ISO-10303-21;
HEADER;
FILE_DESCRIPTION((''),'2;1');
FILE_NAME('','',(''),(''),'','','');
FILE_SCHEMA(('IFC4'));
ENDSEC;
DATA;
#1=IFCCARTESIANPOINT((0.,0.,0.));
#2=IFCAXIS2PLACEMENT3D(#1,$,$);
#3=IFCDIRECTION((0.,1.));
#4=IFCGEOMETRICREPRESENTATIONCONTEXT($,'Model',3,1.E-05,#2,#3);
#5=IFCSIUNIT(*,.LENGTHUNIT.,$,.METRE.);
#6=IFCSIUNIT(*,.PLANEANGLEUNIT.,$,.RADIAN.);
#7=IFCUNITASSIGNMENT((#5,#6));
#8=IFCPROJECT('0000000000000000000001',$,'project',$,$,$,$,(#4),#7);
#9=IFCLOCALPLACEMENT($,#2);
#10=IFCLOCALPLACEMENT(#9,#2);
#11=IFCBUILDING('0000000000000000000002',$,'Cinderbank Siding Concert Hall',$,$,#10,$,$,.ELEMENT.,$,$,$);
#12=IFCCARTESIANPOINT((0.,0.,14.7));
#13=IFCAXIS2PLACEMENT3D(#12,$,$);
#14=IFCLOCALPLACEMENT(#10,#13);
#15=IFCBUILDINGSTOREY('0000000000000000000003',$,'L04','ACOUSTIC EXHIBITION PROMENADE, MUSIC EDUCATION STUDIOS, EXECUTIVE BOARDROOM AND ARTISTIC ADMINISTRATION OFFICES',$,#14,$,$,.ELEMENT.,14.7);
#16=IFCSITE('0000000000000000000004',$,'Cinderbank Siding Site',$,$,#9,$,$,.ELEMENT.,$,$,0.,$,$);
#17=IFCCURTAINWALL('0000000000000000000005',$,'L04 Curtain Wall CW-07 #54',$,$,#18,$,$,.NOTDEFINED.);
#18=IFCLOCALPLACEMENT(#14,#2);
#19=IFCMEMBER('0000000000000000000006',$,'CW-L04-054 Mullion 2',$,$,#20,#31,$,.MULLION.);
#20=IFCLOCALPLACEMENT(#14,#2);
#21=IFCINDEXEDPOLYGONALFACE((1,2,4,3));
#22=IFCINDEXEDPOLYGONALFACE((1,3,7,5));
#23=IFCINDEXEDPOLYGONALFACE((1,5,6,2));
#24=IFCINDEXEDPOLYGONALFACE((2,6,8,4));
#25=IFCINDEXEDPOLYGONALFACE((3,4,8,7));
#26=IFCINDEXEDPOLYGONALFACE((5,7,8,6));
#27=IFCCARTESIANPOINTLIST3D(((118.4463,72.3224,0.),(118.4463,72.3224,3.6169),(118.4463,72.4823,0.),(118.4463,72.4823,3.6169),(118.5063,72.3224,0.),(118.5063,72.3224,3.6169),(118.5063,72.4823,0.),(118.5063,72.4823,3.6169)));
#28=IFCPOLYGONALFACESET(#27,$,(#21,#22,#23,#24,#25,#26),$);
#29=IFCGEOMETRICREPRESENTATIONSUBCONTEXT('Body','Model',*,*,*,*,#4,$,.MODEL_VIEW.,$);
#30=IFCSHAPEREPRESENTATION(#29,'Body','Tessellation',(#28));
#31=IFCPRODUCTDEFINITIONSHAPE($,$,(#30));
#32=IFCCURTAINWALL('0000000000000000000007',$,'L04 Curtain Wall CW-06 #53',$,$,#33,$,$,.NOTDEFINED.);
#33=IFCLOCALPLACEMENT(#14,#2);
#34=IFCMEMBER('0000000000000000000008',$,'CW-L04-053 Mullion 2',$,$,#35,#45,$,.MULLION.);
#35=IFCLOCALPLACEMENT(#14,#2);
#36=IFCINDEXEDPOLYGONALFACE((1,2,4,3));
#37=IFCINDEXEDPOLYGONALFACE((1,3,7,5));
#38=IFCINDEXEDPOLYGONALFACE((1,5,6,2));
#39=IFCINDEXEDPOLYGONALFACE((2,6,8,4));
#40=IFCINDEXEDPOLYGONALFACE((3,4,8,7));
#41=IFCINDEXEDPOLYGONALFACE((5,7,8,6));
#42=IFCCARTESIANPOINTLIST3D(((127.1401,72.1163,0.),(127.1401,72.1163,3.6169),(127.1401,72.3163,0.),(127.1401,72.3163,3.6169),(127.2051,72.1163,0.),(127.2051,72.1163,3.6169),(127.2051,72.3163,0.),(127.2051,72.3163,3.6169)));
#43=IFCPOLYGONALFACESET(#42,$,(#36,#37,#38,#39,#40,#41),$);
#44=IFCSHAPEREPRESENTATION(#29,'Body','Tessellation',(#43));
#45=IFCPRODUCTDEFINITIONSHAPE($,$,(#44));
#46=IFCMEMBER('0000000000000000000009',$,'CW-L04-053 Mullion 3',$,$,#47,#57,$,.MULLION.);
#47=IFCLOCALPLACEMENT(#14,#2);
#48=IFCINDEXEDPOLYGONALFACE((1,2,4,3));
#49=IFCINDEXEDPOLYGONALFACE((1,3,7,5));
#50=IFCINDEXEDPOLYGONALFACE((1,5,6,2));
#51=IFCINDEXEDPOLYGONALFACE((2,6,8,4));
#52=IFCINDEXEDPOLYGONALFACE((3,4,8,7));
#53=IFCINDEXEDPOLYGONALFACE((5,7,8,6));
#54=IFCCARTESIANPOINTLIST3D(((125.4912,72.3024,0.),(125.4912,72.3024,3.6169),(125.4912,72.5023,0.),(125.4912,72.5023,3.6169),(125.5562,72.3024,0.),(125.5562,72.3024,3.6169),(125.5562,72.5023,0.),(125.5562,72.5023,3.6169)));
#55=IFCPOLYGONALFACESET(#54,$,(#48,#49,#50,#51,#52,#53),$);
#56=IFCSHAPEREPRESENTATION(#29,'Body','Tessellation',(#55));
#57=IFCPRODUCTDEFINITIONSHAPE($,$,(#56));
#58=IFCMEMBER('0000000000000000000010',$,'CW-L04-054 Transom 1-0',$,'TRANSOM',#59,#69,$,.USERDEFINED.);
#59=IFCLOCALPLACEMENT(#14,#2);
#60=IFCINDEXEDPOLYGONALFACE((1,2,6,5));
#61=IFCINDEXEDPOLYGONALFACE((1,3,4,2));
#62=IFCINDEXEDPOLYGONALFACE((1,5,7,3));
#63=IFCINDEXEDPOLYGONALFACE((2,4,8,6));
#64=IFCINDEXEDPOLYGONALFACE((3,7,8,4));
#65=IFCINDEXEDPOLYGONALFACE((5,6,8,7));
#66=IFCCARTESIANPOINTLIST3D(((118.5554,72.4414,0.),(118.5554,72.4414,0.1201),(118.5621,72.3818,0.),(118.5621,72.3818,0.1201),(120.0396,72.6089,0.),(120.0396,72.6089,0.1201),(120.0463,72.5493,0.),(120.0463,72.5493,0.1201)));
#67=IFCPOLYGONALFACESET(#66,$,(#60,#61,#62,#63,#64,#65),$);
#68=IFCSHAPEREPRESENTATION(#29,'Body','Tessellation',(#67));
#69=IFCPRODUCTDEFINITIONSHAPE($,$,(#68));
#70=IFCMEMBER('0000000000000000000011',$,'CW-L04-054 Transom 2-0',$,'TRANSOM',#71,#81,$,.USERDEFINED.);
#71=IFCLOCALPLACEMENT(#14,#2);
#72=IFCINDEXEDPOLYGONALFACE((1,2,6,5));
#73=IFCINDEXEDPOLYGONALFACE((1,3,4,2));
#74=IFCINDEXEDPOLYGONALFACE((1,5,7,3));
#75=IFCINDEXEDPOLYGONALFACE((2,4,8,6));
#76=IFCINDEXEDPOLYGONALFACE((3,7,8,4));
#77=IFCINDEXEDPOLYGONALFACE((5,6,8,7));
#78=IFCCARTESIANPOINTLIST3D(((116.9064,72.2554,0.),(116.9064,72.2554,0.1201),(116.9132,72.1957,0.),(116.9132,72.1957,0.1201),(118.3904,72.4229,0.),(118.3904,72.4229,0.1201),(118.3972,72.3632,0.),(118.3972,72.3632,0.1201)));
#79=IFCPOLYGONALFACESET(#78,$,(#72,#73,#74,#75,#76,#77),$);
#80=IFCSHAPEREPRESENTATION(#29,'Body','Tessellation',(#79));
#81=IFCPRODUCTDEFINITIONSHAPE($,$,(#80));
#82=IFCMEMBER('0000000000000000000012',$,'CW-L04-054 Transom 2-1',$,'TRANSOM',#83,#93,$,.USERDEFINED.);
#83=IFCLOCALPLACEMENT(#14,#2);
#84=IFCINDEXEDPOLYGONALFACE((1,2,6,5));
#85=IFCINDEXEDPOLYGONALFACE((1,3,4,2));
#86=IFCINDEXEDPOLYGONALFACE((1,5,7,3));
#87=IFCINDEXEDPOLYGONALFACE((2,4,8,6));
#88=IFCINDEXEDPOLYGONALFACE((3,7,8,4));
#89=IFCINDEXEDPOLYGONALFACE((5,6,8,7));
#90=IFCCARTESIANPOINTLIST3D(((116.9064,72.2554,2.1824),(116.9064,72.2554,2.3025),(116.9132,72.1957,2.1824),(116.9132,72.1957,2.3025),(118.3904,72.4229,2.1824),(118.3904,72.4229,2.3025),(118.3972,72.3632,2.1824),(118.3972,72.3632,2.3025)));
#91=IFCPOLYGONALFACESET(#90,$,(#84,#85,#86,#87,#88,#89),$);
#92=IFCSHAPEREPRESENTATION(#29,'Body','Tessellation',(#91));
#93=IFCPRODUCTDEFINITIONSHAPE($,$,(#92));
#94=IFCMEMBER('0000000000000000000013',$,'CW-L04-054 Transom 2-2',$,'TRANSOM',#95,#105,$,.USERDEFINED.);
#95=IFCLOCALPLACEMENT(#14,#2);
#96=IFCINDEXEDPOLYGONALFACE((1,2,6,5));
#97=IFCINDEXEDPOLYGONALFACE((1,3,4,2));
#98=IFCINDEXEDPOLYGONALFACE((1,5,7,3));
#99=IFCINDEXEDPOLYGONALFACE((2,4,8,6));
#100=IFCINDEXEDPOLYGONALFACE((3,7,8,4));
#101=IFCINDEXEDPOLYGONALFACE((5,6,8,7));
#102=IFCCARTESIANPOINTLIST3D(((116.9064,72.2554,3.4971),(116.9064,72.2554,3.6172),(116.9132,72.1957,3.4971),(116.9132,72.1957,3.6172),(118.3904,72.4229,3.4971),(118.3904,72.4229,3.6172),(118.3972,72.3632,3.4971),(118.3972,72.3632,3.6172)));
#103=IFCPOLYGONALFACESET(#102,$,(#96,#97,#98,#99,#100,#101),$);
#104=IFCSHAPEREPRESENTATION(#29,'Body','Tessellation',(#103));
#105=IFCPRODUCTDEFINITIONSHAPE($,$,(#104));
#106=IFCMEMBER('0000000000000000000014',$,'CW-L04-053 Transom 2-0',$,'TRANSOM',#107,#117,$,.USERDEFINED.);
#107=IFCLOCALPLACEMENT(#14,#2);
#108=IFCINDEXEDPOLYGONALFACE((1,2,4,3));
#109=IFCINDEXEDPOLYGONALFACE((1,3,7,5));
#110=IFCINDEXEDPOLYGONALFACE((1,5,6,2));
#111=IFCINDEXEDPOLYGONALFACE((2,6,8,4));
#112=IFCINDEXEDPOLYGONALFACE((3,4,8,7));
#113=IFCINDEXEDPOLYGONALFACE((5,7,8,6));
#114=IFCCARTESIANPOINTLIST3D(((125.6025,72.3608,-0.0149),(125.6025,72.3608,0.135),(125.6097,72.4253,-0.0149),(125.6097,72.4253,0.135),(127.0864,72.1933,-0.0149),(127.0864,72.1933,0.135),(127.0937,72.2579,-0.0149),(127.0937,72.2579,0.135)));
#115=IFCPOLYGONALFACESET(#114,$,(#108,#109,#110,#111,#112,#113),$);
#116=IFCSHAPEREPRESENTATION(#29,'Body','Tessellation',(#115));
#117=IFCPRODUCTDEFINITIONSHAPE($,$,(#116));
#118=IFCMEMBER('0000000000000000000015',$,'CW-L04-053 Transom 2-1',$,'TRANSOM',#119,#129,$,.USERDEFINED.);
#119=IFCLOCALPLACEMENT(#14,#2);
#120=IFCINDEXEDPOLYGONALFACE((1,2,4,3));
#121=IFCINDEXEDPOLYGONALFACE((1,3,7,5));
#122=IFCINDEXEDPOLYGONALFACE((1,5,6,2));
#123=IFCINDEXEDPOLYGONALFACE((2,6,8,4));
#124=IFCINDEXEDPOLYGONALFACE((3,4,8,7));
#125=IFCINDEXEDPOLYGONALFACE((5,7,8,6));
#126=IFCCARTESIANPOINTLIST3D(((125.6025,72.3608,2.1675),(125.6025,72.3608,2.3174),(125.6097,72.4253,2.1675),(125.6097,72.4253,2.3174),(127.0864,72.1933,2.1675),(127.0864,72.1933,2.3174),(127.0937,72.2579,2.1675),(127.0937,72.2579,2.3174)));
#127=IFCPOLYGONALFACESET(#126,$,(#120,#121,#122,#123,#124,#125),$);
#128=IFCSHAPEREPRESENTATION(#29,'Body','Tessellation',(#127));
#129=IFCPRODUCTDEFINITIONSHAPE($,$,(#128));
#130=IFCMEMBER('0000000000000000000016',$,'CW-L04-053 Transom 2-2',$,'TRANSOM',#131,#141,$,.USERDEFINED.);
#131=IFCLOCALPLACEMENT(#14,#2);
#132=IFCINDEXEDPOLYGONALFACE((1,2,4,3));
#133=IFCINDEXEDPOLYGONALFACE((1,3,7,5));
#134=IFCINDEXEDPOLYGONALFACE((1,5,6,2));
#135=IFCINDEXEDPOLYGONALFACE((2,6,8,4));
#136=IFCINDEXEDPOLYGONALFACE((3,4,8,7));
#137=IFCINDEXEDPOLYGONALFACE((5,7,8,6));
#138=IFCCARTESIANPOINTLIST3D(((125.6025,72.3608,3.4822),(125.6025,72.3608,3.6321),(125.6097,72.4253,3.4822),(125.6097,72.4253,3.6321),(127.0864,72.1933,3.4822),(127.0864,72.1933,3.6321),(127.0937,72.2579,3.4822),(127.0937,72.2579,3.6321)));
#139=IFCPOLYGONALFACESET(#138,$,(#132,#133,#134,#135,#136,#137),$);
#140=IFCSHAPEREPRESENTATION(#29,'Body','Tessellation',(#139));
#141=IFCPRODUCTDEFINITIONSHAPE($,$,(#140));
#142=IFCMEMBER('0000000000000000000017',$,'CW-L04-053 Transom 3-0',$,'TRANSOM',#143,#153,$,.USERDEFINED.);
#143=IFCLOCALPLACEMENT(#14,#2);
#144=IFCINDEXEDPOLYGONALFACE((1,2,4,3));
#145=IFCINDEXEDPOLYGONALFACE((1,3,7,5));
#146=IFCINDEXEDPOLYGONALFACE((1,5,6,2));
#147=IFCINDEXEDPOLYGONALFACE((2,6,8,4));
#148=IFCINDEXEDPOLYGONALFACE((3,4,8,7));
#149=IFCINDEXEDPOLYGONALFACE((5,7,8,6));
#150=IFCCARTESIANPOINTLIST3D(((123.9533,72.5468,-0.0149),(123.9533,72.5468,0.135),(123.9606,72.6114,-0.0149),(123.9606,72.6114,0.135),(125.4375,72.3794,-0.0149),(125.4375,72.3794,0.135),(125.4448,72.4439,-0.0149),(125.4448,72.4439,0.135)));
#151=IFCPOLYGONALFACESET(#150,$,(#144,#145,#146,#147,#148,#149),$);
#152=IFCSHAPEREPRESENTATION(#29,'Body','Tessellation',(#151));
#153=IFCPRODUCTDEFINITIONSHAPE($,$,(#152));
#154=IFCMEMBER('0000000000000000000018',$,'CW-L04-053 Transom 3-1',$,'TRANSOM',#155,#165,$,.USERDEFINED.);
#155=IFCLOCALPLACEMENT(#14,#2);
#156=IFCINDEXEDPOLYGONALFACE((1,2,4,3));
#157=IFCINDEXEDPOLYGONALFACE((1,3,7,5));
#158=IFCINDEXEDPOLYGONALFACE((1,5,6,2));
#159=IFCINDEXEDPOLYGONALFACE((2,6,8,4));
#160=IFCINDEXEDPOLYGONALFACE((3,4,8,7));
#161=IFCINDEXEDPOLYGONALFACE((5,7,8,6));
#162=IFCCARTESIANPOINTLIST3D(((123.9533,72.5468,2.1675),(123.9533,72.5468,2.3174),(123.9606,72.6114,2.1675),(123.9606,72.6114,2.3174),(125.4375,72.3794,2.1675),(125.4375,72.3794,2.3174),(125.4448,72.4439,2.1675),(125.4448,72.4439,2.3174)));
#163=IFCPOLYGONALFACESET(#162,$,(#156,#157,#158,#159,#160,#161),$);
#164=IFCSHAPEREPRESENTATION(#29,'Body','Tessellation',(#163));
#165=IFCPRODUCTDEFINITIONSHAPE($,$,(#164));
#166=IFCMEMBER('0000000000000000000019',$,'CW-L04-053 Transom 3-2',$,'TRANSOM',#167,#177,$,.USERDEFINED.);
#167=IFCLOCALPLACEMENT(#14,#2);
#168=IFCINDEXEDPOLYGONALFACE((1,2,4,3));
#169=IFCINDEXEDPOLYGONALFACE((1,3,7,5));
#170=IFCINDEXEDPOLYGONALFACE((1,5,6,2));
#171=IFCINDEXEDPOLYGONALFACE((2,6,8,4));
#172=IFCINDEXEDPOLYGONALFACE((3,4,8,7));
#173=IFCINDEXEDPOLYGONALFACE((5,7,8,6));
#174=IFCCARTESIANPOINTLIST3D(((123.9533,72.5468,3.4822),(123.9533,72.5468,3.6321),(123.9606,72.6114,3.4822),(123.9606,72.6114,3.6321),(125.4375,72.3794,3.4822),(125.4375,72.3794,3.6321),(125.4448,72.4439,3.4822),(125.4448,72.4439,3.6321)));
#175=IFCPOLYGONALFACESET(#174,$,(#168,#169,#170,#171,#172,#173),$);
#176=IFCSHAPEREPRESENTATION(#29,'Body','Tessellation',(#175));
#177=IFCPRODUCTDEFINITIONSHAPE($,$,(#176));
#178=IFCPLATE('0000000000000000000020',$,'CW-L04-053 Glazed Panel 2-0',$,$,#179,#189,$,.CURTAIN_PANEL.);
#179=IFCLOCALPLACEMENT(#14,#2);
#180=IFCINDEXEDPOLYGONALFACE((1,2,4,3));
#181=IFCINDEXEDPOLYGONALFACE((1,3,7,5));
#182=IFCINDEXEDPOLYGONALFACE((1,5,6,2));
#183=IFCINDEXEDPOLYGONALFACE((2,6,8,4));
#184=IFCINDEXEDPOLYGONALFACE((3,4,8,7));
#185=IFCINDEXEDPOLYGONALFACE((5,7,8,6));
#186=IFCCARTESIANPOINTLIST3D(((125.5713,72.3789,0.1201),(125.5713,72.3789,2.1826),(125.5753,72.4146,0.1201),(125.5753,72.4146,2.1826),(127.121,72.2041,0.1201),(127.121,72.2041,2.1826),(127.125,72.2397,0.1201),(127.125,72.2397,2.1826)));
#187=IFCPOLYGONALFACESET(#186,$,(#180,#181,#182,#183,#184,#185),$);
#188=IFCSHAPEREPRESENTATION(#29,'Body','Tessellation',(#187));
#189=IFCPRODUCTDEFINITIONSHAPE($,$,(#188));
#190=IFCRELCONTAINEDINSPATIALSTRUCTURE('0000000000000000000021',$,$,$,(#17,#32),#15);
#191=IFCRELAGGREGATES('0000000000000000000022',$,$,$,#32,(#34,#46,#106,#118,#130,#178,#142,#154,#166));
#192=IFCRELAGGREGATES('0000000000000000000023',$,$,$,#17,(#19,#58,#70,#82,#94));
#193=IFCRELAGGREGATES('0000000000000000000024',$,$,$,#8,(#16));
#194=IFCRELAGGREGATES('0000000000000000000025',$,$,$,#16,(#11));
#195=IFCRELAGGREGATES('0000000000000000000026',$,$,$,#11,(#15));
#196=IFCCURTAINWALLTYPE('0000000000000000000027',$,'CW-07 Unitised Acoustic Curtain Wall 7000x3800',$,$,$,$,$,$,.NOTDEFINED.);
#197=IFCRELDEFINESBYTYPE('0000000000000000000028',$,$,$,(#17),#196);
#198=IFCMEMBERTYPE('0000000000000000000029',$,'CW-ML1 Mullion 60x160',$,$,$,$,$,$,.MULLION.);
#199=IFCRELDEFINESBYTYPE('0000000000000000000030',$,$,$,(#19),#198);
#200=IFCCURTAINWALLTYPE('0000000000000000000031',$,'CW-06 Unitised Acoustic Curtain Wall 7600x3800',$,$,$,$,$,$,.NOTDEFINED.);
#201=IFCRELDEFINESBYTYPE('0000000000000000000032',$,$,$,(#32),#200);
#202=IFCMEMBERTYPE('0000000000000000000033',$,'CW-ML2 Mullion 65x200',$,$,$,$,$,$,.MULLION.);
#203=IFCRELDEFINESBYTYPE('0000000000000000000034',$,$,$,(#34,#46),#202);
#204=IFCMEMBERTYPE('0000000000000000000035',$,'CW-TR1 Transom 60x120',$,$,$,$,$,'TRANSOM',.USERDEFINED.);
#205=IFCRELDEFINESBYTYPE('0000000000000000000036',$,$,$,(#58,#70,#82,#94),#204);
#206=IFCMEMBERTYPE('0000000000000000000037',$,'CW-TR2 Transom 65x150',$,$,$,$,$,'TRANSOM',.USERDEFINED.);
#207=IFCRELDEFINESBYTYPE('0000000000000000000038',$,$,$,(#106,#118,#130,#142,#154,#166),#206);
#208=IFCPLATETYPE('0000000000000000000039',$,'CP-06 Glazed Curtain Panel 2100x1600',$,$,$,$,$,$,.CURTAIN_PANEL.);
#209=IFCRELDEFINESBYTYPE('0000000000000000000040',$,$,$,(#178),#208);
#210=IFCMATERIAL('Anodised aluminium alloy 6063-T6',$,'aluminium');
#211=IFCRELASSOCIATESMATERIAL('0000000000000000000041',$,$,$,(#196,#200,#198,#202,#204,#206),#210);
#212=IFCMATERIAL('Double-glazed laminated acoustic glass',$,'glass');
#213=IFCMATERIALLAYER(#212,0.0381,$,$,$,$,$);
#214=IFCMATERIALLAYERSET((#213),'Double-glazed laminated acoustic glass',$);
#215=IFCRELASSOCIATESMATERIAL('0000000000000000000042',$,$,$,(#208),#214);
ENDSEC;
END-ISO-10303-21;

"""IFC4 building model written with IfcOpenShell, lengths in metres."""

from ifc_helpers import new_model, si_unit, direction, frame, origin, origin_2d, place, context, subcontext, project, spatial, rectangle, extrude, material, layer, layer_set, material_profile, profile_set, type_object, element, aggregate, save


model = new_model("IFC4")

# Units and contexts
model_context = context("Model", 3, precision=1e-05, world=origin(), true_north=direction((0.0, 1.0)))
body_context = subcontext(model_context, "Body", "Model", "MODEL_VIEW")
ifc_project = project(units=[si_unit("LENGTHUNIT", "METRE"), si_unit("PLANEANGLEUNIT", "RADIAN")], contexts=[model_context])

# Site, building, storey
site_placement = place(None, origin())
site = spatial("IfcSite", under=ifc_project, at=site_placement, Name="Cinderbank Siding Site", CompositionType="ELEMENT", RefElevation=0.0)
building_placement = place(site_placement, origin())
building = spatial("IfcBuilding", under=site, at=building_placement, Name="Cinderbank Siding Concert Hall", CompositionType="ELEMENT")
storey_placement = place(building_placement, frame((0.0, 0.0, 14.7)))
storey = spatial("IfcBuildingStorey", under=building, at=storey_placement, Name="L04", Description="ACOUSTIC EXHIBITION PROMENADE, MUSIC EDUCATION STUDIOS, EXECUTIVE BOARDROOM AND ARTISTIC ADMINISTRATION OFFICES", CompositionType="ELEMENT", Elevation=14.7)

# Curtain wall, member
ifc_material_1 = material(Name="Anodised aluminium alloy 6063-T6", Category="aluminium")
curtain_wall_type_1 = type_object("IfcCurtainWallType", Name="CW-07 Unitised Acoustic Curtain Wall 7000x3800", PredefinedType="NOTDEFINED", material=ifc_material_1)
curtain_wall_1_placement = place(storey_placement, origin())
curtain_wall_1 = element("IfcCurtainWall", 1, at=curtain_wall_1_placement, inside=storey, type_object=curtain_wall_type_1, Name="L04 Curtain Wall CW-07 #54", PredefinedType="NOTDEFINED")
ifc_material_profile_1 = material_profile(ifc_material_1, rectangle(XDim=0.0601, YDim=0.1599, at=origin_2d()), Name="ALU-MULL-60x160", Category="LoadBearing")
ifc_profile_set_1 = profile_set([ifc_material_profile_1], Name="Anodised aluminium alloy 6063-T6")
member_type_1 = type_object("IfcMemberType", Name="CW-ML1 Mullion 60x160", PredefinedType="MULLION", material=ifc_profile_set_1)
member_1_placement = place(storey_placement, frame((118.4763, 72.4023, 0.0), z_axis=(0.0, 0.0, 1.0), x_axis=(1.0, 0.0, 0.0)))
member_1 = element("IfcMember", 2, at=member_1_placement, type_object=member_type_1, Name="CW-L04-054 Mullion 2", PredefinedType="MULLION", context=body_context, shape_type="SweptSolid", body=[
    extrude(rectangle(XDim=0.0601, YDim=0.1599, at=origin_2d()), origin(), (0.0, 0.0, 1.0), 3.6169),
])

# Curtain wall, members
curtain_wall_type_2 = type_object("IfcCurtainWallType", Name="CW-06 Unitised Acoustic Curtain Wall 7600x3800", PredefinedType="NOTDEFINED", material=ifc_material_1)
curtain_wall_2_placement = place(storey_placement, origin())
curtain_wall_2 = element("IfcCurtainWall", 3, at=curtain_wall_2_placement, inside=storey, type_object=curtain_wall_type_2, Name="L04 Curtain Wall CW-06 #53", PredefinedType="NOTDEFINED")
ifc_material_profile_2 = material_profile(ifc_material_1, rectangle(XDim=0.0649, YDim=0.2, at=origin_2d()), Name="ALU-MULL-65x200", Category="LoadBearing")
ifc_profile_set_2 = profile_set([ifc_material_profile_2], Name="Anodised aluminium alloy 6063-T6")
member_type_2 = type_object("IfcMemberType", Name="CW-ML2 Mullion 65x200", PredefinedType="MULLION", material=ifc_profile_set_2)
member_2_placement = place(storey_placement, frame((127.1726, 72.2163, 0.0), z_axis=(0.0, 0.0, 1.0), x_axis=(1.0, 0.0, 0.0)))
member_2 = element("IfcMember", 4, at=member_2_placement, type_object=member_type_2, Name="CW-L04-053 Mullion 2", PredefinedType="MULLION", context=body_context, shape_type="SweptSolid", body=[
    extrude(rectangle(XDim=0.0649, YDim=0.2, at=origin_2d()), origin(), (0.0, 0.0, 1.0), 3.6169),
])
member_3_placement = place(storey_placement, frame((125.5237, 72.4023, 0.0), z_axis=(0.0, 0.0, 1.0), x_axis=(1.0, 0.0, 0.0)))
member_3 = element("IfcMember", 5, at=member_3_placement, type_object=member_type_2, Name="CW-L04-053 Mullion 3", PredefinedType="MULLION", context=body_context, shape_type="SweptSolid", body=[
    extrude(rectangle(XDim=0.0649, YDim=0.2, at=origin_2d()), origin(), (0.0, 0.0, 1.0), 3.6169),
])

# Members
ifc_material_profile_3 = material_profile(ifc_material_1, rectangle(XDim=0.0601, YDim=0.1201, at=origin_2d()), Name="ALU-TRAN-60x120", Category="LoadBearing")
ifc_profile_set_3 = profile_set([ifc_material_profile_3], Name="Anodised aluminium alloy 6063-T6")
member_type_3 = type_object("IfcMemberType", Name="CW-TR1 Transom 60x120", ElementType="TRANSOM", PredefinedType="USERDEFINED", material=ifc_profile_set_3)
member_4_placement = place(storey_placement, frame((120.043, 72.5791, 0.0601), z_axis=(-0.993693, -0.112136, 0.0), x_axis=(0.112136, -0.993693, 0.0)))
member_4 = element("IfcMember", 6, at=member_4_placement, type_object=member_type_3, Name="CW-L04-054 Transom 1-0", ObjectType="TRANSOM", PredefinedType="USERDEFINED", context=body_context, shape_type="SweptSolid", body=[
    extrude(rectangle(XDim=0.0601, YDim=0.1201, at=origin_2d()), origin(), (0.0, 0.0, 1.0), 1.4937),
])
member_5_placement = place(storey_placement, frame((118.3938, 72.3931, 0.0601), z_axis=(-0.993691, -0.112154, 0.0), x_axis=(0.112154, -0.993691, 0.0)))
member_5 = element("IfcMember", 7, at=member_5_placement, type_object=member_type_3, Name="CW-L04-054 Transom 2-0", ObjectType="TRANSOM", PredefinedType="USERDEFINED", context=body_context, shape_type="SweptSolid", body=[
    extrude(rectangle(XDim=0.0601, YDim=0.1201, at=origin_2d()), origin(), (0.0, 0.0, 1.0), 1.4934),
])
member_6_placement = place(storey_placement, frame((118.3938, 72.3931, 2.2424), z_axis=(-0.993691, -0.112154, 0.0), x_axis=(0.112154, -0.993691, 0.0)))
member_6 = element("IfcMember", 8, at=member_6_placement, type_object=member_type_3, Name="CW-L04-054 Transom 2-1", ObjectType="TRANSOM", PredefinedType="USERDEFINED", context=body_context, shape_type="SweptSolid", body=[
    extrude(rectangle(XDim=0.0601, YDim=0.1201, at=origin_2d()), origin(), (0.0, 0.0, 1.0), 1.4934),
])
member_7_placement = place(storey_placement, frame((118.3938, 72.3931, 3.5571), z_axis=(-0.993691, -0.112154, 0.0), x_axis=(0.112154, -0.993691, 0.0)))
member_7 = element("IfcMember", 9, at=member_7_placement, type_object=member_type_3, Name="CW-L04-054 Transom 2-2", ObjectType="TRANSOM", PredefinedType="USERDEFINED", context=body_context, shape_type="SweptSolid", body=[
    extrude(rectangle(XDim=0.0601, YDim=0.1201, at=origin_2d()), origin(), (0.0, 0.0, 1.0), 1.4934),
])
ifc_material_profile_4 = material_profile(ifc_material_1, rectangle(XDim=0.0649, YDim=0.1499, at=origin_2d()), Name="ALU-TRAN-65x150", Category="LoadBearing")
ifc_profile_set_4 = profile_set([ifc_material_profile_4], Name="Anodised aluminium alloy 6063-T6")
member_type_4 = type_object("IfcMemberType", Name="CW-TR2 Transom 65x150", ElementType="TRANSOM", PredefinedType="USERDEFINED", material=ifc_profile_set_4)
member_8_placement = place(storey_placement, frame((127.0901, 72.2256, 0.0601), z_axis=(-0.993691, 0.112154, 0.0), x_axis=(-0.112154, -0.993691, 0.0)))
member_8 = element("IfcMember", 10, at=member_8_placement, type_object=member_type_4, Name="CW-L04-053 Transom 2-0", ObjectType="TRANSOM", PredefinedType="USERDEFINED", context=body_context, shape_type="SweptSolid", body=[
    extrude(rectangle(XDim=0.0649, YDim=0.1499, at=origin_2d()), origin(), (0.0, 0.0, 1.0), 1.4934),
])
member_9_placement = place(storey_placement, frame((127.0901, 72.2256, 2.2424), z_axis=(-0.993691, 0.112154, 0.0), x_axis=(-0.112154, -0.993691, 0.0)))
member_9 = element("IfcMember", 11, at=member_9_placement, type_object=member_type_4, Name="CW-L04-053 Transom 2-1", ObjectType="TRANSOM", PredefinedType="USERDEFINED", context=body_context, shape_type="SweptSolid", body=[
    extrude(rectangle(XDim=0.0649, YDim=0.1499, at=origin_2d()), origin(), (0.0, 0.0, 1.0), 1.4934),
])
member_10_placement = place(storey_placement, frame((127.0901, 72.2256, 3.5571), z_axis=(-0.993691, 0.112154, 0.0), x_axis=(-0.112154, -0.993691, 0.0)))
member_10 = element("IfcMember", 12, at=member_10_placement, type_object=member_type_4, Name="CW-L04-053 Transom 2-2", ObjectType="TRANSOM", PredefinedType="USERDEFINED", context=body_context, shape_type="SweptSolid", body=[
    extrude(rectangle(XDim=0.0649, YDim=0.1499, at=origin_2d()), origin(), (0.0, 0.0, 1.0), 1.4934),
])
member_11_placement = place(storey_placement, frame((125.4412, 72.4116, 0.0601), z_axis=(-0.993693, 0.112136, 0.0), x_axis=(-0.112136, -0.993693, 0.0)))
member_11 = element("IfcMember", 13, at=member_11_placement, type_object=member_type_4, Name="CW-L04-053 Transom 3-0", ObjectType="TRANSOM", PredefinedType="USERDEFINED", context=body_context, shape_type="SweptSolid", body=[
    extrude(rectangle(XDim=0.0649, YDim=0.1499, at=origin_2d()), origin(), (0.0, 0.0, 1.0), 1.4937),
])
member_12_placement = place(storey_placement, frame((125.4412, 72.4116, 2.2424), z_axis=(-0.993693, 0.112136, 0.0), x_axis=(-0.112136, -0.993693, 0.0)))
member_12 = element("IfcMember", 14, at=member_12_placement, type_object=member_type_4, Name="CW-L04-053 Transom 3-1", ObjectType="TRANSOM", PredefinedType="USERDEFINED", context=body_context, shape_type="SweptSolid", body=[
    extrude(rectangle(XDim=0.0649, YDim=0.1499, at=origin_2d()), origin(), (0.0, 0.0, 1.0), 1.4937),
])
member_13_placement = place(storey_placement, frame((125.4412, 72.4116, 3.5571), z_axis=(-0.993693, 0.112136, 0.0), x_axis=(-0.112136, -0.993693, 0.0)))
member_13 = element("IfcMember", 15, at=member_13_placement, type_object=member_type_4, Name="CW-L04-053 Transom 3-2", ObjectType="TRANSOM", PredefinedType="USERDEFINED", context=body_context, shape_type="SweptSolid", body=[
    extrude(rectangle(XDim=0.0649, YDim=0.1499, at=origin_2d()), origin(), (0.0, 0.0, 1.0), 1.4937),
])

# Plate
ifc_material_2 = material(Name="Double-glazed laminated acoustic glass", Category="glass")
ifc_layer_1 = layer(ifc_material_2, 0.0381)
ifc_layer_set_1 = layer_set([ifc_layer_1], Name="Double-glazed laminated acoustic glass")
plate_type_1 = type_object("IfcPlateType", Name="CP-06 Glazed Curtain Panel 2100x1600", PredefinedType="CURTAIN_PANEL", material=ifc_layer_set_1)
plate_1_placement = place(storey_placement, frame((126.3481, 72.3093, 0.1201), z_axis=(0.0, 0.0, 1.0), x_axis=(-0.993694, 0.112129, 0.0)))
plate_1 = element("IfcPlate", 16, at=plate_1_placement, type_object=plate_type_1, Name="CW-L04-053 Glazed Panel 2-0", PredefinedType="CURTAIN_PANEL", context=body_context, shape_type="SweptSolid", body=[
    extrude(rectangle(XDim=1.5596, YDim=0.0359, at=origin_2d()), origin(), (0.0, 0.0, 1.0), 2.0625),
])
aggregate(curtain_wall_2, [member_2, member_3, member_8, member_9, member_10, plate_1, member_11, member_12, member_13])
aggregate(curtain_wall_1, [member_1, member_4, member_5, member_6, member_7])

save(model, "model.ifc")
